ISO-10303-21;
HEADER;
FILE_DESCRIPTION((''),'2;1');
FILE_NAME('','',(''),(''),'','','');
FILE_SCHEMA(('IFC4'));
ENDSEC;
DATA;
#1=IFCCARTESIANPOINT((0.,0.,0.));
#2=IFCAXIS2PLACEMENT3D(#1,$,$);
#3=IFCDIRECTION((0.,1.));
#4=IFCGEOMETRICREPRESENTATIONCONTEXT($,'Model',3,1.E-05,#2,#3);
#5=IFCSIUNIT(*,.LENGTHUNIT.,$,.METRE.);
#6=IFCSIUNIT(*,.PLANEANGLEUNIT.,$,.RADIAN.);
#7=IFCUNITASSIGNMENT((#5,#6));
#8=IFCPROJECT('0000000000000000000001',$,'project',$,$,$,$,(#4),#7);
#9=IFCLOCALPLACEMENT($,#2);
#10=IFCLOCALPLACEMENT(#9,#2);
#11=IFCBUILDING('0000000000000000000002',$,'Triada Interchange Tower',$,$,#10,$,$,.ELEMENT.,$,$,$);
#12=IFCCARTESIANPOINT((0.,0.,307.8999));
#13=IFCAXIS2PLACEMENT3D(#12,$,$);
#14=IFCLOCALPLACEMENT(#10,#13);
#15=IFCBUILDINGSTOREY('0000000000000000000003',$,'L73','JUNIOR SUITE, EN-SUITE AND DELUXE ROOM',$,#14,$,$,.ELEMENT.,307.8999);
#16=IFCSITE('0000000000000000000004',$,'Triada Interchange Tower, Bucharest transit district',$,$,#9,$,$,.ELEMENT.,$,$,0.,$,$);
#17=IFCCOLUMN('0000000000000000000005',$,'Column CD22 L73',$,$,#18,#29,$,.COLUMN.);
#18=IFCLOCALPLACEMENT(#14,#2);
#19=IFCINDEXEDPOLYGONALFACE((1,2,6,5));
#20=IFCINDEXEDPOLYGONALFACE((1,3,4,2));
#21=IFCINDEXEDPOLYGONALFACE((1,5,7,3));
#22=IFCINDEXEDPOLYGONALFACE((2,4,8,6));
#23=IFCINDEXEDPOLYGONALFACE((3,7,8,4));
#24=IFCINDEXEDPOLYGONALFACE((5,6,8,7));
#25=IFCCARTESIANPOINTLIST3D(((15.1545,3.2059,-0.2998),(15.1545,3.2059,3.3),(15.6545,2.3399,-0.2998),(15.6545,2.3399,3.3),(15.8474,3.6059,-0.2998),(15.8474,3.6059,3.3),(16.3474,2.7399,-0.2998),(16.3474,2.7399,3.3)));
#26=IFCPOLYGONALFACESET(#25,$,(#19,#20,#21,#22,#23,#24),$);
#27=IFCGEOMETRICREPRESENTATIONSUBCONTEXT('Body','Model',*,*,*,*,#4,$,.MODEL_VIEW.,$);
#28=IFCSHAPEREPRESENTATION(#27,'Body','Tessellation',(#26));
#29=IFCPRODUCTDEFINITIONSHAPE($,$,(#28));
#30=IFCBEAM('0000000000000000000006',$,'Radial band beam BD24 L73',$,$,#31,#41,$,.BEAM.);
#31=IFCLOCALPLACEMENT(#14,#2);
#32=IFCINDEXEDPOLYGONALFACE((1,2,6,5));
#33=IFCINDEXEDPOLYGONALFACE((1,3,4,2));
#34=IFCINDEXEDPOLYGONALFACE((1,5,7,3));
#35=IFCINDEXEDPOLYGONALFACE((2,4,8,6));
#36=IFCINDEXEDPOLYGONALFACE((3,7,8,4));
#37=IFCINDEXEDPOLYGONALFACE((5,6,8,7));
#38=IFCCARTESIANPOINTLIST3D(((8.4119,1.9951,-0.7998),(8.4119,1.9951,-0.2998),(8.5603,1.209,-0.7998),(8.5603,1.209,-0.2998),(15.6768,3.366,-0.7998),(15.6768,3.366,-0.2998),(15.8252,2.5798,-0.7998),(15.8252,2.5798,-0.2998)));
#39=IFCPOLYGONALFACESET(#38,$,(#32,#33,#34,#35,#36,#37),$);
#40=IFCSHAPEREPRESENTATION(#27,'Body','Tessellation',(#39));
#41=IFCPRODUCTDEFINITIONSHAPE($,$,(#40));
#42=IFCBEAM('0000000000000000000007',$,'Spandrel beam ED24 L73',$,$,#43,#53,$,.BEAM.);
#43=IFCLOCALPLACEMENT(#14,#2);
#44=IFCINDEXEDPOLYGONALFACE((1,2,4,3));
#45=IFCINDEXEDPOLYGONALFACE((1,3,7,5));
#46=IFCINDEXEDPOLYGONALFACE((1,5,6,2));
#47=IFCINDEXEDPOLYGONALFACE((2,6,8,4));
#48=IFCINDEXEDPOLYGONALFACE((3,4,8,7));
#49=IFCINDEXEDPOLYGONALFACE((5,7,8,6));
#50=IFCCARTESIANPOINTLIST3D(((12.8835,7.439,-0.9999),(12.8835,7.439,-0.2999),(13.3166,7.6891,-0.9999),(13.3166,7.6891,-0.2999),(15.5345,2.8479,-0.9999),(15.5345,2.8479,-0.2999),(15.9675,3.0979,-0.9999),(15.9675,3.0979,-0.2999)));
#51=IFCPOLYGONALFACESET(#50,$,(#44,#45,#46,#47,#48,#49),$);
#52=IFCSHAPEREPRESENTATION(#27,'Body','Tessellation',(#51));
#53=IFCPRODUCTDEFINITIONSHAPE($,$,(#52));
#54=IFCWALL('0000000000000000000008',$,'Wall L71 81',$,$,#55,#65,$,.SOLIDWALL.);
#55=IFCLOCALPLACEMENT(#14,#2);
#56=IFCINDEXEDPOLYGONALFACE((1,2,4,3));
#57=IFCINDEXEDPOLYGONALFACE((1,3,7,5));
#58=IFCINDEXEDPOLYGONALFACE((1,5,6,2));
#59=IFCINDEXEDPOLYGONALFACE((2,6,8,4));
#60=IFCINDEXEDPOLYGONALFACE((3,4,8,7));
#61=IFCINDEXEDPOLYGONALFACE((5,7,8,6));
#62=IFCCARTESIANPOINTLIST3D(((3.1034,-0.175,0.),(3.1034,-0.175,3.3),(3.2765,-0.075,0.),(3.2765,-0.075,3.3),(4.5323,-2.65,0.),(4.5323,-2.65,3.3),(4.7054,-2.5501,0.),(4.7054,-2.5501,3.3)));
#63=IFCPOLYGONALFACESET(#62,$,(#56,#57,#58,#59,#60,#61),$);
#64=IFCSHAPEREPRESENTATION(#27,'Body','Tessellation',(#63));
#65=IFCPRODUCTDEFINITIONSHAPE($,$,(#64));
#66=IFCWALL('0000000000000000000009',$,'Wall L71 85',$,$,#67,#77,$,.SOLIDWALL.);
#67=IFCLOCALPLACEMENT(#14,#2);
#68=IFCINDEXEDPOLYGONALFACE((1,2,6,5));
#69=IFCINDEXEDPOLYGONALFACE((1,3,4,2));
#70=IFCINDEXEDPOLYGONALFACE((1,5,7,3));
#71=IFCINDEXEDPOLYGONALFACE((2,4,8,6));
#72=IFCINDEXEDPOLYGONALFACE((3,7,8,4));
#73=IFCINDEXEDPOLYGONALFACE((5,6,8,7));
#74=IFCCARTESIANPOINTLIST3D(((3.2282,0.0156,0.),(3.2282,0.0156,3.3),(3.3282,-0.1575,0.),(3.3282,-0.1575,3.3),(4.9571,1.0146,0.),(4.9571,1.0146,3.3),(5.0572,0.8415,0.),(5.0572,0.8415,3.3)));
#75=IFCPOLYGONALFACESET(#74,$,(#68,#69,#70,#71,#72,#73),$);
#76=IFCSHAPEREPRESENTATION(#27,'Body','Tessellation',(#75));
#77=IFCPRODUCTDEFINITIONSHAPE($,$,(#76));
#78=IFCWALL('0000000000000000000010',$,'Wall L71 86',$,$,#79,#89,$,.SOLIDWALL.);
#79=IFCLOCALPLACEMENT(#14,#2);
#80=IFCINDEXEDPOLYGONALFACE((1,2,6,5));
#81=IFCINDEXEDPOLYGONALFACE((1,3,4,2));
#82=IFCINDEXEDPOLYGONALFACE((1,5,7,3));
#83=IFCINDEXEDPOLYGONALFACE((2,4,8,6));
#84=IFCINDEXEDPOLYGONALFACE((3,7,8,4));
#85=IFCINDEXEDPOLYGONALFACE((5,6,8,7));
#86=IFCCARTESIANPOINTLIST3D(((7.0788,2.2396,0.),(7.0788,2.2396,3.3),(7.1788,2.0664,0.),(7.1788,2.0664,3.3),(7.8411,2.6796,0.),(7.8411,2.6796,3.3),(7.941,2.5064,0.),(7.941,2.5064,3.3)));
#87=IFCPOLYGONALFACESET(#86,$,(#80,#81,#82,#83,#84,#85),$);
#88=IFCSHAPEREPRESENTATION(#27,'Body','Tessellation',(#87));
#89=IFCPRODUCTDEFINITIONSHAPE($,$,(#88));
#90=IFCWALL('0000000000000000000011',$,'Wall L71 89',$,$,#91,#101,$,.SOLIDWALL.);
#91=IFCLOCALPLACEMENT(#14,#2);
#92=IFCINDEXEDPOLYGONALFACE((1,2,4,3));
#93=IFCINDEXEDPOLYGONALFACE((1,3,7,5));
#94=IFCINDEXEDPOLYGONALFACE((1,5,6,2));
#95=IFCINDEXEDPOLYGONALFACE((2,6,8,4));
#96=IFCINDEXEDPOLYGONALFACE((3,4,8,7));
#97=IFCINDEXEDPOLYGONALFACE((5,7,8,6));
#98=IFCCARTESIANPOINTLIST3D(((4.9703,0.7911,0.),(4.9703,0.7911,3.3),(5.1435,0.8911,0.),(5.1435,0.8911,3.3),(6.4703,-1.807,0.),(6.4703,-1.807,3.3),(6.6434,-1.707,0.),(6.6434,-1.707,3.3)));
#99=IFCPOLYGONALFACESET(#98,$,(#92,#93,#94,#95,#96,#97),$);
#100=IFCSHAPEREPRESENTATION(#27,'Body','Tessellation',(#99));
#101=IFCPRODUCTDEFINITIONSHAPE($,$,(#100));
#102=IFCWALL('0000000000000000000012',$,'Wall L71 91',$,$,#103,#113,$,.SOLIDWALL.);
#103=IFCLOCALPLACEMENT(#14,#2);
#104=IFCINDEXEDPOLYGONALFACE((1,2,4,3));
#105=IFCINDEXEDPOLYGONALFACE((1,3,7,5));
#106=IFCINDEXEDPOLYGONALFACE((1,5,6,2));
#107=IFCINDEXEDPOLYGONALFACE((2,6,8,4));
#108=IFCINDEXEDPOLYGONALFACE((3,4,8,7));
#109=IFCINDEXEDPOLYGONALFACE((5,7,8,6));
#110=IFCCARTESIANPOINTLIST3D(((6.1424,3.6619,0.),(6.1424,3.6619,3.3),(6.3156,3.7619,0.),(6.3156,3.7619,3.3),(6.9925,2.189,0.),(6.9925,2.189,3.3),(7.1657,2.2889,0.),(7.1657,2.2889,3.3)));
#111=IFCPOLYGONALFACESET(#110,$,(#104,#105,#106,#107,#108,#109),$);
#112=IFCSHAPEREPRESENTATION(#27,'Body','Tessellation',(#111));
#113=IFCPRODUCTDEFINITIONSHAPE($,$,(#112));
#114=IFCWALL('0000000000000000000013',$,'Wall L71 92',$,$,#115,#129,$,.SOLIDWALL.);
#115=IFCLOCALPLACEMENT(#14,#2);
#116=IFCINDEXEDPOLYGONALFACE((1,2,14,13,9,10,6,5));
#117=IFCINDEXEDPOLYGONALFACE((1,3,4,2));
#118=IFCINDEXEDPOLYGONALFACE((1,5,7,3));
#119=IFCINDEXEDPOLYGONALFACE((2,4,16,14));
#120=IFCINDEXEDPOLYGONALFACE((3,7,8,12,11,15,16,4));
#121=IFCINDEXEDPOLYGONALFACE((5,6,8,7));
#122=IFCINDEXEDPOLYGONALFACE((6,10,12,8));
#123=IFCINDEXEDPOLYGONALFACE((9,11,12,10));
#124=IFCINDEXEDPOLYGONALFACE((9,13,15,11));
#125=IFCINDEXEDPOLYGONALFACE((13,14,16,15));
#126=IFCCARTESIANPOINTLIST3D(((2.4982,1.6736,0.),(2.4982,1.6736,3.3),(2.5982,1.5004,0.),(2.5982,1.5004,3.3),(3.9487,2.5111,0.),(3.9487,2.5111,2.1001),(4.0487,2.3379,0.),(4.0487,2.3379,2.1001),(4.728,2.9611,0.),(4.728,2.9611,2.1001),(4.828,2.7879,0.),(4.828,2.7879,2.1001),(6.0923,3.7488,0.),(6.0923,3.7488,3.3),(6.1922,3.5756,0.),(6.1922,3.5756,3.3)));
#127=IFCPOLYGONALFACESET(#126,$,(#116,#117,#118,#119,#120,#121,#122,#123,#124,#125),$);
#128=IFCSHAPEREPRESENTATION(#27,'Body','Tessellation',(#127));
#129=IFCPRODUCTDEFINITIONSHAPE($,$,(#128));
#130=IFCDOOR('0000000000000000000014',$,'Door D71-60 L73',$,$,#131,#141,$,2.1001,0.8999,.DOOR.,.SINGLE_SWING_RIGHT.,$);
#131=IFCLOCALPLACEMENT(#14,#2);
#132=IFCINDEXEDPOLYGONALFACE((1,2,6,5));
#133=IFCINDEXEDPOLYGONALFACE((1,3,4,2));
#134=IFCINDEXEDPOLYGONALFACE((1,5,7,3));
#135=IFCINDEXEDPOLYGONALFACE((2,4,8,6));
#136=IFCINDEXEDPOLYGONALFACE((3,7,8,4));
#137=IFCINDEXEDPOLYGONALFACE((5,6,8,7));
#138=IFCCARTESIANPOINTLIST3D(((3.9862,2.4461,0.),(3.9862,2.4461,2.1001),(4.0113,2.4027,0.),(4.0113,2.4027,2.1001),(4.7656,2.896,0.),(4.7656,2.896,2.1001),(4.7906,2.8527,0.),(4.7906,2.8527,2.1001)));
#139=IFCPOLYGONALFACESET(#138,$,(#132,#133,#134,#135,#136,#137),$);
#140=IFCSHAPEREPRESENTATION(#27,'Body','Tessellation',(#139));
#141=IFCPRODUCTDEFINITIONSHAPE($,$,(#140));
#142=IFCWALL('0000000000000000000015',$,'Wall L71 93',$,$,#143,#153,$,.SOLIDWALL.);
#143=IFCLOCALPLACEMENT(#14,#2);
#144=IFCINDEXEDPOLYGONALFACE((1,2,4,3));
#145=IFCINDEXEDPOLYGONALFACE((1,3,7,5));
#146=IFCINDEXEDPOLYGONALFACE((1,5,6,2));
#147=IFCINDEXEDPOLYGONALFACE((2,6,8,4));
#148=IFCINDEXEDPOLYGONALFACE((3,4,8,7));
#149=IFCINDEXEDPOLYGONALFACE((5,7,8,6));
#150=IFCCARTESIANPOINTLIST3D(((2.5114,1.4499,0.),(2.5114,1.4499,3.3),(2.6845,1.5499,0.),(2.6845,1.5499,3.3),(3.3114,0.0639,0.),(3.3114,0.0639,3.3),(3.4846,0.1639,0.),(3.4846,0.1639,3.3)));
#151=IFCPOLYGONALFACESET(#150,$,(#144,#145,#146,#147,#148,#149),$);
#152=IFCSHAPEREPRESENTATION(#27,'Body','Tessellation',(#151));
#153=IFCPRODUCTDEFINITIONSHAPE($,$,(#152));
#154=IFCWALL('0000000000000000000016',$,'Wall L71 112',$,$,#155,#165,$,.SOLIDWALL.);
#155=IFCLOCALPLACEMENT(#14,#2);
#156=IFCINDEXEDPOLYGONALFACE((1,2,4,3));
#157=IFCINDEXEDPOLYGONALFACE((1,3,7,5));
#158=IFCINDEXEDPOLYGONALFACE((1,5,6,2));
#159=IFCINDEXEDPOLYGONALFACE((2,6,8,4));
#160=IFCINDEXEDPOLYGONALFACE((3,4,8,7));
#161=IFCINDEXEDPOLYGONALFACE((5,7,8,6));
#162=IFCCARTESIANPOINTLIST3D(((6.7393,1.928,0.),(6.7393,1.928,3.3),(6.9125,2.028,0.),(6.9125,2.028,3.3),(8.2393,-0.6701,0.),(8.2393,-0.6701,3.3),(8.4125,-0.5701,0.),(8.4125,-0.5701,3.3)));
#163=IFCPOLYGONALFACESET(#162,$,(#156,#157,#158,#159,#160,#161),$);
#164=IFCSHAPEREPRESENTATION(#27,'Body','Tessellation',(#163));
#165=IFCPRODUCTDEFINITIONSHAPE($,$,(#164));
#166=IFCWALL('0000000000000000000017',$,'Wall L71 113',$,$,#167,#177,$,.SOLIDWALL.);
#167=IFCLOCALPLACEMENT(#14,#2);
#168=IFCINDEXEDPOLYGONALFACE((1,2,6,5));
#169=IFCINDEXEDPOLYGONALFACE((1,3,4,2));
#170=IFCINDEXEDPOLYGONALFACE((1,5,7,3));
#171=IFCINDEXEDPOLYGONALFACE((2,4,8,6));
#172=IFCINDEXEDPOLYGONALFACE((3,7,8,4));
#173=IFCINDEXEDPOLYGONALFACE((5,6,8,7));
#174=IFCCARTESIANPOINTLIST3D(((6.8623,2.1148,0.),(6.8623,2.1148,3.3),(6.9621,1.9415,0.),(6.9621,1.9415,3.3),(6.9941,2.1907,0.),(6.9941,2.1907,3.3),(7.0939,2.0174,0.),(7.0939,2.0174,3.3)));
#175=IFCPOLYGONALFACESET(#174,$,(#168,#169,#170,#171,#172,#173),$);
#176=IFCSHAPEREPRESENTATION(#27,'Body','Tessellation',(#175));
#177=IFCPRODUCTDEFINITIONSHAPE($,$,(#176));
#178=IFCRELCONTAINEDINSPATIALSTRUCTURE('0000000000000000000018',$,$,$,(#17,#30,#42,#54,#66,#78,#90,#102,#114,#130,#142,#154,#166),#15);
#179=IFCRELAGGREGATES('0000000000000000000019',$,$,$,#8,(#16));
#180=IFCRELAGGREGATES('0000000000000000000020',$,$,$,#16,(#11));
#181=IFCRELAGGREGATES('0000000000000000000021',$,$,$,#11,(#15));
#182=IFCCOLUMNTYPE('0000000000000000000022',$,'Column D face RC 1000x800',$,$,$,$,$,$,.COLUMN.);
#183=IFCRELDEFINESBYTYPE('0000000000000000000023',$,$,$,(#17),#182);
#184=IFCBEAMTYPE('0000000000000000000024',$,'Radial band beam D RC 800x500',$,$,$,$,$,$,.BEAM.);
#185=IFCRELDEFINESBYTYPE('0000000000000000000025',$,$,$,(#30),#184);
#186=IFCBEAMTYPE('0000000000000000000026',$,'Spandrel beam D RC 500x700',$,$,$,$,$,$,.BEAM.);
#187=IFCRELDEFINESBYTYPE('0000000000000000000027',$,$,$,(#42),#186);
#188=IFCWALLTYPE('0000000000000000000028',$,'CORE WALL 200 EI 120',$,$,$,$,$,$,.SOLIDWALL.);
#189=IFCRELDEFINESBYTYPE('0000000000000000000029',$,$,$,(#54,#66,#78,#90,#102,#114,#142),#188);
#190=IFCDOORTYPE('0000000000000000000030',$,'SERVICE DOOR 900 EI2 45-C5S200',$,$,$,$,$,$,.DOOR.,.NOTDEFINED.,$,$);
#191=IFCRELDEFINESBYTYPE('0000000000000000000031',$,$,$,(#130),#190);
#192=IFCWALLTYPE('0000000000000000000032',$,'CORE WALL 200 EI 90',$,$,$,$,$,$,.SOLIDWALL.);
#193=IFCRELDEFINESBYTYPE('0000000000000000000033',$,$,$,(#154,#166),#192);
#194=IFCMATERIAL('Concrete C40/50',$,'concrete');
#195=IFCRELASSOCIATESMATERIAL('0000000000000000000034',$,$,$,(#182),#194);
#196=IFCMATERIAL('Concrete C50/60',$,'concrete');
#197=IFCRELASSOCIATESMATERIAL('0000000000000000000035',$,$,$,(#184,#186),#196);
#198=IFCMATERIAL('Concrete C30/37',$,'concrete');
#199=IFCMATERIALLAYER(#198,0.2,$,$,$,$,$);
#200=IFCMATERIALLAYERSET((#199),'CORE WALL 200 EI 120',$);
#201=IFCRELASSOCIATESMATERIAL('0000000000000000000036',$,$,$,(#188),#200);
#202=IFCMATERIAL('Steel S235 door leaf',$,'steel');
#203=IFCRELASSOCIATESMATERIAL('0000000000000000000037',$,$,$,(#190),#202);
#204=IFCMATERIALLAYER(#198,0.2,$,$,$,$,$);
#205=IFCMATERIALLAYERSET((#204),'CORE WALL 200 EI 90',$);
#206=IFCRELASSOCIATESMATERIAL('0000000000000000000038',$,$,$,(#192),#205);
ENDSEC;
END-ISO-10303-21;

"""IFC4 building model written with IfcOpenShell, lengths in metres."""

from ifc_helpers import new_model, si_unit, direction, frame, frame_2d, origin, origin_2d, place, context, subcontext, project, spatial, rectangle, extrude, material, layer, layer_set, material_profile, profile_set, type_object, element, fill, save


model = new_model("IFC4")

# Units and contexts
model_context = context("Model", 3, precision=1e-05, world=origin(), true_north=direction((0.0, 1.0)))
body_context = subcontext(model_context, "Body", "Model", "MODEL_VIEW")
ifc_project = project(units=[si_unit("LENGTHUNIT", "METRE"), si_unit("PLANEANGLEUNIT", "RADIAN")], contexts=[model_context])

# Site, building, storey
site_placement = place(None, origin())
site = spatial("IfcSite", under=ifc_project, at=site_placement, Name="Triada Interchange Tower, Bucharest transit district", CompositionType="ELEMENT", RefElevation=0.0)
building_placement = place(site_placement, origin())
building = spatial("IfcBuilding", under=site, at=building_placement, Name="Triada Interchange Tower", CompositionType="ELEMENT")
storey_placement = place(building_placement, frame((0.0, 0.0, 307.8999)))
storey = spatial("IfcBuildingStorey", under=building, at=storey_placement, Name="L73", Description="JUNIOR SUITE, EN-SUITE AND DELUXE ROOM", CompositionType="ELEMENT", Elevation=307.8999)

# Column
ifc_material_1 = material(Name="Concrete C40/50", Category="concrete")
ifc_material_profile_1 = material_profile(ifc_material_1, rectangle(XDim=1.0, YDim=0.8, at=origin_2d()), Name="RC 1000x800")
ifc_profile_set_1 = profile_set([ifc_material_profile_1], Name="Concrete C40/50")
column_type = type_object("IfcColumnType", Name="Column D face RC 1000x800", PredefinedType="COLUMN", material=ifc_profile_set_1)
column_placement = place(storey_placement, frame((15.751, 2.9729, -0.2998), z_axis=(0.0, 0.0, 1.0), x_axis=(-0.5, 0.866025, 0.0)))
element("IfcColumn", 1, at=column_placement, inside=storey, type_object=column_type, Name="Column CD22 L73", PredefinedType="COLUMN", context=body_context, shape_type="SweptSolid", body=[
    extrude(rectangle(XDim=1.0, YDim=0.8, at=origin_2d()), origin(), (0.0, 0.0, 1.0), 3.5999),
])

# Beams
ifc_material_2 = material(Name="Concrete C50/60", Category="concrete")
ifc_material_profile_2 = material_profile(ifc_material_2, rectangle(XDim=0.8, YDim=0.5, at=origin_2d()), Name="RC 800x500")
ifc_profile_set_2 = profile_set([ifc_material_profile_2], Name="Concrete C50/60")
beam_type_1 = type_object("IfcBeamType", Name="Radial band beam D RC 800x500", PredefinedType="BEAM", material=ifc_profile_set_2)
beam_1_placement = place(storey_placement, frame((15.751, 2.9729, -0.5498), z_axis=(-0.982659, -0.185423, 0.0), x_axis=(0.185423, -0.982659, 0.0)))
element("IfcBeam", 2, at=beam_1_placement, inside=storey, type_object=beam_type_1, Name="Radial band beam BD24 L73", PredefinedType="BEAM", context=body_context, shape_type="SweptSolid", body=[
    extrude(rectangle(XDim=0.8, YDim=0.5, at=origin_2d()), origin(), (0.0, 0.0, 1.0), 7.3931),
])
ifc_material_profile_3 = material_profile(ifc_material_2, rectangle(XDim=0.5, YDim=0.7, at=origin_2d()), Name="RC 500x700")
ifc_profile_set_3 = profile_set([ifc_material_profile_3], Name="Concrete C50/60")
beam_type_2 = type_object("IfcBeamType", Name="Spandrel beam D RC 500x700", PredefinedType="BEAM", material=ifc_profile_set_3)
beam_2_placement = place(storey_placement, frame((15.751, 2.9729, -0.6499), z_axis=(-0.500032, 0.866007, 0.0), x_axis=(-0.866007, -0.500032, 0.0)))
element("IfcBeam", 3, at=beam_2_placement, inside=storey, type_object=beam_type_2, Name="Spandrel beam ED24 L73", PredefinedType="BEAM", context=body_context, shape_type="SweptSolid", body=[
    extrude(rectangle(XDim=0.5, YDim=0.7, at=origin_2d()), origin(), (0.0, 0.0, 1.0), 5.3015),
])

# Walls
ifc_material_3 = material(Name="Concrete C30/37", Category="concrete")
ifc_layer_1 = layer(ifc_material_3, 0.2)
ifc_layer_set_1 = layer_set([ifc_layer_1], Name="CORE WALL 200 EI 120")
wall_type_1 = type_object("IfcWallType", Name="CORE WALL 200 EI 120", PredefinedType="SOLIDWALL", material=ifc_layer_set_1)
wall_1_placement = place(storey_placement, frame((3.1899, -0.125, 0.0), z_axis=(0.0, 0.0, 1.0), x_axis=(0.499989, -0.866032, 0.0)))
element("IfcWall", 4, at=wall_1_placement, inside=storey, type_object=wall_type_1, Name="Wall L71 81", PredefinedType="SOLIDWALL", context=body_context, shape_type="SweptSolid", body=[
    extrude(rectangle(XDim=2.8579, YDim=0.2, at=frame_2d((1.429, 0.0))), origin(), (0.0, 0.0, 1.0), 3.3),
])
wall_2_placement = place(storey_placement, frame((3.2781, -0.071, 0.0), z_axis=(0.0, 0.0, 1.0), x_axis=(0.865856, 0.500294, 0.0)))
element("IfcWall", 5, at=wall_2_placement, inside=storey, type_object=wall_type_1, Name="Wall L71 85", PredefinedType="SOLIDWALL", context=body_context, shape_type="SweptSolid", body=[
    extrude(rectangle(XDim=1.9968, YDim=0.2, at=frame_2d((0.9985, 0.0))), origin(), (0.0, 0.0, 1.0), 3.3),
])
wall_3_placement = place(storey_placement, frame((7.1289, 2.1531, 0.0), z_axis=(0.0, 0.0, 1.0), x_axis=(0.866084, 0.499899, 0.0)))
element("IfcWall", 6, at=wall_3_placement, inside=storey, type_object=wall_type_1, Name="Wall L71 86", PredefinedType="SOLIDWALL", context=body_context, shape_type="SweptSolid", body=[
    extrude(rectangle(XDim=0.8801, YDim=0.2, at=frame_2d((0.4399, 0.0))), origin(), (0.0, 0.0, 1.0), 3.3),
])
wall_4_placement = place(storey_placement, frame((5.0569, 0.8411, 0.0), z_axis=(0.0, 0.0, 1.0), x_axis=(0.49999, -0.866031, 0.0)))
element("IfcWall", 7, at=wall_4_placement, inside=storey, type_object=wall_type_1, Name="Wall L71 89", PredefinedType="SOLIDWALL", context=body_context, shape_type="SweptSolid", body=[
    extrude(rectangle(XDim=3.0, YDim=0.2, at=frame_2d((1.5, 0.0))), origin(), (0.0, 0.0, 1.0), 3.3),
])
wall_5_placement = place(storey_placement, frame((6.229, 3.7119, 0.0), z_axis=(0.0, 0.0, 1.0), x_axis=(0.499876, -0.866097, 0.0)))
element("IfcWall", 8, at=wall_5_placement, inside=storey, type_object=wall_type_1, Name="Wall L71 91", PredefinedType="SOLIDWALL", context=body_context, shape_type="SweptSolid", body=[
    extrude(rectangle(XDim=1.7007, YDim=0.2, at=frame_2d((0.8503, 0.0))), origin(), (0.0, 0.0, 1.0), 3.3),
])

# Wall, opening, door
wall_6_placement = place(storey_placement, frame((2.5481, 1.5869, 0.0), z_axis=(0.0, 0.0, 1.0), x_axis=(0.866004, 0.500036, 0.0)))
wall_6 = element("IfcWall", 9, at=wall_6_placement, inside=storey, type_object=wall_type_1, Name="Wall L71 92", PredefinedType="SOLIDWALL", context=body_context, shape_type="SweptSolid", body=[
    extrude(rectangle(XDim=4.1501, YDim=0.2, at=frame_2d((2.0752, 0.0))), origin(), (0.0, 0.0, 1.0), 3.3),
])
opening_placement = place(wall_6_placement, frame((1.675, 0.0, 0.0)))
opening = element("IfcOpeningElement", 10, at=opening_placement, cuts=wall_6, PredefinedType="OPENING", context=body_context, shape_type="SweptSolid", body=[
    extrude(rectangle(XDim=0.8999, YDim=2.1001, at=frame_2d((0.45, 1.05))), frame((0.0, 0.1099, 0.0), z_axis=(0.0, -1.0, 0.0), x_axis=(1.0, 0.0, 0.0)), (0.0, 0.0, 1.0), 0.22),
])
ifc_material_4 = material(Name="Steel S235 door leaf", Category="steel")
door_type = type_object("IfcDoorType", Name="SERVICE DOOR 900 EI2 45-C5S200", OperationType="NOTDEFINED", PredefinedType="DOOR", material=ifc_material_4)
door_placement = place(opening_placement, origin())
door = element("IfcDoor", 11, at=door_placement, inside=storey, type_object=door_type, Name="Door D71-60 L73", OperationType="SINGLE_SWING_RIGHT", OverallHeight=2.1001, OverallWidth=0.8999, PredefinedType="DOOR", context=body_context, shape_type="SweptSolid", body=[
    extrude(rectangle(XDim=0.8999, YDim=2.1001, at=frame_2d((0.45, 1.05))), frame((0.0, 0.0249, 0.0), z_axis=(0.0, -1.0, 0.0), x_axis=(1.0, 0.0, 0.0)), (0.0, 0.0, 1.0), 0.05),
])
fill(opening, door)

# Walls
wall_7_placement = place(storey_placement, frame((2.5979, 1.5, 0.0), z_axis=(0.0, 0.0, 1.0), x_axis=(0.499929, -0.866066, 0.0)))
element("IfcWall", 12, at=wall_7_placement, inside=storey, type_object=wall_type_1, Name="Wall L71 93", PredefinedType="SOLIDWALL", context=body_context, shape_type="SweptSolid", body=[
    extrude(rectangle(XDim=1.6003, YDim=0.2, at=frame_2d((0.8003, 0.0))), origin(), (0.0, 0.0, 1.0), 3.3),
])
ifc_layer_2 = layer(ifc_material_3, 0.2)
ifc_layer_set_2 = layer_set([ifc_layer_2], Name="CORE WALL 200 EI 90")
wall_type_2 = type_object("IfcWallType", Name="CORE WALL 200 EI 90", PredefinedType="SOLIDWALL", material=ifc_layer_set_2)
wall_8_placement = place(storey_placement, frame((6.8259, 1.978, 0.0), z_axis=(0.0, 0.0, 1.0), x_axis=(0.49999, -0.866031, 0.0)))
element("IfcWall", 13, at=wall_8_placement, inside=storey, type_object=wall_type_2, Name="Wall L71 112", PredefinedType="SOLIDWALL", context=body_context, shape_type="SweptSolid", body=[
    extrude(rectangle(XDim=3.0, YDim=0.2, at=frame_2d((1.5, 0.0))), origin(), (0.0, 0.0, 1.0), 3.3),
])
wall_9_placement = place(storey_placement, frame((6.9121, 2.0281, 0.0), z_axis=(0.0, 0.0, 1.0), x_axis=(0.866559, 0.499074, 0.0)))
element("IfcWall", 14, at=wall_9_placement, inside=storey, type_object=wall_type_2, Name="Wall L71 113", PredefinedType="SOLIDWALL", context=body_context, shape_type="SweptSolid", body=[
    extrude(rectangle(XDim=0.1521, YDim=0.2, at=frame_2d((0.0762, 0.0))), origin(), (0.0, 0.0, 1.0), 3.3),
])

save(model, "model.ifc")
